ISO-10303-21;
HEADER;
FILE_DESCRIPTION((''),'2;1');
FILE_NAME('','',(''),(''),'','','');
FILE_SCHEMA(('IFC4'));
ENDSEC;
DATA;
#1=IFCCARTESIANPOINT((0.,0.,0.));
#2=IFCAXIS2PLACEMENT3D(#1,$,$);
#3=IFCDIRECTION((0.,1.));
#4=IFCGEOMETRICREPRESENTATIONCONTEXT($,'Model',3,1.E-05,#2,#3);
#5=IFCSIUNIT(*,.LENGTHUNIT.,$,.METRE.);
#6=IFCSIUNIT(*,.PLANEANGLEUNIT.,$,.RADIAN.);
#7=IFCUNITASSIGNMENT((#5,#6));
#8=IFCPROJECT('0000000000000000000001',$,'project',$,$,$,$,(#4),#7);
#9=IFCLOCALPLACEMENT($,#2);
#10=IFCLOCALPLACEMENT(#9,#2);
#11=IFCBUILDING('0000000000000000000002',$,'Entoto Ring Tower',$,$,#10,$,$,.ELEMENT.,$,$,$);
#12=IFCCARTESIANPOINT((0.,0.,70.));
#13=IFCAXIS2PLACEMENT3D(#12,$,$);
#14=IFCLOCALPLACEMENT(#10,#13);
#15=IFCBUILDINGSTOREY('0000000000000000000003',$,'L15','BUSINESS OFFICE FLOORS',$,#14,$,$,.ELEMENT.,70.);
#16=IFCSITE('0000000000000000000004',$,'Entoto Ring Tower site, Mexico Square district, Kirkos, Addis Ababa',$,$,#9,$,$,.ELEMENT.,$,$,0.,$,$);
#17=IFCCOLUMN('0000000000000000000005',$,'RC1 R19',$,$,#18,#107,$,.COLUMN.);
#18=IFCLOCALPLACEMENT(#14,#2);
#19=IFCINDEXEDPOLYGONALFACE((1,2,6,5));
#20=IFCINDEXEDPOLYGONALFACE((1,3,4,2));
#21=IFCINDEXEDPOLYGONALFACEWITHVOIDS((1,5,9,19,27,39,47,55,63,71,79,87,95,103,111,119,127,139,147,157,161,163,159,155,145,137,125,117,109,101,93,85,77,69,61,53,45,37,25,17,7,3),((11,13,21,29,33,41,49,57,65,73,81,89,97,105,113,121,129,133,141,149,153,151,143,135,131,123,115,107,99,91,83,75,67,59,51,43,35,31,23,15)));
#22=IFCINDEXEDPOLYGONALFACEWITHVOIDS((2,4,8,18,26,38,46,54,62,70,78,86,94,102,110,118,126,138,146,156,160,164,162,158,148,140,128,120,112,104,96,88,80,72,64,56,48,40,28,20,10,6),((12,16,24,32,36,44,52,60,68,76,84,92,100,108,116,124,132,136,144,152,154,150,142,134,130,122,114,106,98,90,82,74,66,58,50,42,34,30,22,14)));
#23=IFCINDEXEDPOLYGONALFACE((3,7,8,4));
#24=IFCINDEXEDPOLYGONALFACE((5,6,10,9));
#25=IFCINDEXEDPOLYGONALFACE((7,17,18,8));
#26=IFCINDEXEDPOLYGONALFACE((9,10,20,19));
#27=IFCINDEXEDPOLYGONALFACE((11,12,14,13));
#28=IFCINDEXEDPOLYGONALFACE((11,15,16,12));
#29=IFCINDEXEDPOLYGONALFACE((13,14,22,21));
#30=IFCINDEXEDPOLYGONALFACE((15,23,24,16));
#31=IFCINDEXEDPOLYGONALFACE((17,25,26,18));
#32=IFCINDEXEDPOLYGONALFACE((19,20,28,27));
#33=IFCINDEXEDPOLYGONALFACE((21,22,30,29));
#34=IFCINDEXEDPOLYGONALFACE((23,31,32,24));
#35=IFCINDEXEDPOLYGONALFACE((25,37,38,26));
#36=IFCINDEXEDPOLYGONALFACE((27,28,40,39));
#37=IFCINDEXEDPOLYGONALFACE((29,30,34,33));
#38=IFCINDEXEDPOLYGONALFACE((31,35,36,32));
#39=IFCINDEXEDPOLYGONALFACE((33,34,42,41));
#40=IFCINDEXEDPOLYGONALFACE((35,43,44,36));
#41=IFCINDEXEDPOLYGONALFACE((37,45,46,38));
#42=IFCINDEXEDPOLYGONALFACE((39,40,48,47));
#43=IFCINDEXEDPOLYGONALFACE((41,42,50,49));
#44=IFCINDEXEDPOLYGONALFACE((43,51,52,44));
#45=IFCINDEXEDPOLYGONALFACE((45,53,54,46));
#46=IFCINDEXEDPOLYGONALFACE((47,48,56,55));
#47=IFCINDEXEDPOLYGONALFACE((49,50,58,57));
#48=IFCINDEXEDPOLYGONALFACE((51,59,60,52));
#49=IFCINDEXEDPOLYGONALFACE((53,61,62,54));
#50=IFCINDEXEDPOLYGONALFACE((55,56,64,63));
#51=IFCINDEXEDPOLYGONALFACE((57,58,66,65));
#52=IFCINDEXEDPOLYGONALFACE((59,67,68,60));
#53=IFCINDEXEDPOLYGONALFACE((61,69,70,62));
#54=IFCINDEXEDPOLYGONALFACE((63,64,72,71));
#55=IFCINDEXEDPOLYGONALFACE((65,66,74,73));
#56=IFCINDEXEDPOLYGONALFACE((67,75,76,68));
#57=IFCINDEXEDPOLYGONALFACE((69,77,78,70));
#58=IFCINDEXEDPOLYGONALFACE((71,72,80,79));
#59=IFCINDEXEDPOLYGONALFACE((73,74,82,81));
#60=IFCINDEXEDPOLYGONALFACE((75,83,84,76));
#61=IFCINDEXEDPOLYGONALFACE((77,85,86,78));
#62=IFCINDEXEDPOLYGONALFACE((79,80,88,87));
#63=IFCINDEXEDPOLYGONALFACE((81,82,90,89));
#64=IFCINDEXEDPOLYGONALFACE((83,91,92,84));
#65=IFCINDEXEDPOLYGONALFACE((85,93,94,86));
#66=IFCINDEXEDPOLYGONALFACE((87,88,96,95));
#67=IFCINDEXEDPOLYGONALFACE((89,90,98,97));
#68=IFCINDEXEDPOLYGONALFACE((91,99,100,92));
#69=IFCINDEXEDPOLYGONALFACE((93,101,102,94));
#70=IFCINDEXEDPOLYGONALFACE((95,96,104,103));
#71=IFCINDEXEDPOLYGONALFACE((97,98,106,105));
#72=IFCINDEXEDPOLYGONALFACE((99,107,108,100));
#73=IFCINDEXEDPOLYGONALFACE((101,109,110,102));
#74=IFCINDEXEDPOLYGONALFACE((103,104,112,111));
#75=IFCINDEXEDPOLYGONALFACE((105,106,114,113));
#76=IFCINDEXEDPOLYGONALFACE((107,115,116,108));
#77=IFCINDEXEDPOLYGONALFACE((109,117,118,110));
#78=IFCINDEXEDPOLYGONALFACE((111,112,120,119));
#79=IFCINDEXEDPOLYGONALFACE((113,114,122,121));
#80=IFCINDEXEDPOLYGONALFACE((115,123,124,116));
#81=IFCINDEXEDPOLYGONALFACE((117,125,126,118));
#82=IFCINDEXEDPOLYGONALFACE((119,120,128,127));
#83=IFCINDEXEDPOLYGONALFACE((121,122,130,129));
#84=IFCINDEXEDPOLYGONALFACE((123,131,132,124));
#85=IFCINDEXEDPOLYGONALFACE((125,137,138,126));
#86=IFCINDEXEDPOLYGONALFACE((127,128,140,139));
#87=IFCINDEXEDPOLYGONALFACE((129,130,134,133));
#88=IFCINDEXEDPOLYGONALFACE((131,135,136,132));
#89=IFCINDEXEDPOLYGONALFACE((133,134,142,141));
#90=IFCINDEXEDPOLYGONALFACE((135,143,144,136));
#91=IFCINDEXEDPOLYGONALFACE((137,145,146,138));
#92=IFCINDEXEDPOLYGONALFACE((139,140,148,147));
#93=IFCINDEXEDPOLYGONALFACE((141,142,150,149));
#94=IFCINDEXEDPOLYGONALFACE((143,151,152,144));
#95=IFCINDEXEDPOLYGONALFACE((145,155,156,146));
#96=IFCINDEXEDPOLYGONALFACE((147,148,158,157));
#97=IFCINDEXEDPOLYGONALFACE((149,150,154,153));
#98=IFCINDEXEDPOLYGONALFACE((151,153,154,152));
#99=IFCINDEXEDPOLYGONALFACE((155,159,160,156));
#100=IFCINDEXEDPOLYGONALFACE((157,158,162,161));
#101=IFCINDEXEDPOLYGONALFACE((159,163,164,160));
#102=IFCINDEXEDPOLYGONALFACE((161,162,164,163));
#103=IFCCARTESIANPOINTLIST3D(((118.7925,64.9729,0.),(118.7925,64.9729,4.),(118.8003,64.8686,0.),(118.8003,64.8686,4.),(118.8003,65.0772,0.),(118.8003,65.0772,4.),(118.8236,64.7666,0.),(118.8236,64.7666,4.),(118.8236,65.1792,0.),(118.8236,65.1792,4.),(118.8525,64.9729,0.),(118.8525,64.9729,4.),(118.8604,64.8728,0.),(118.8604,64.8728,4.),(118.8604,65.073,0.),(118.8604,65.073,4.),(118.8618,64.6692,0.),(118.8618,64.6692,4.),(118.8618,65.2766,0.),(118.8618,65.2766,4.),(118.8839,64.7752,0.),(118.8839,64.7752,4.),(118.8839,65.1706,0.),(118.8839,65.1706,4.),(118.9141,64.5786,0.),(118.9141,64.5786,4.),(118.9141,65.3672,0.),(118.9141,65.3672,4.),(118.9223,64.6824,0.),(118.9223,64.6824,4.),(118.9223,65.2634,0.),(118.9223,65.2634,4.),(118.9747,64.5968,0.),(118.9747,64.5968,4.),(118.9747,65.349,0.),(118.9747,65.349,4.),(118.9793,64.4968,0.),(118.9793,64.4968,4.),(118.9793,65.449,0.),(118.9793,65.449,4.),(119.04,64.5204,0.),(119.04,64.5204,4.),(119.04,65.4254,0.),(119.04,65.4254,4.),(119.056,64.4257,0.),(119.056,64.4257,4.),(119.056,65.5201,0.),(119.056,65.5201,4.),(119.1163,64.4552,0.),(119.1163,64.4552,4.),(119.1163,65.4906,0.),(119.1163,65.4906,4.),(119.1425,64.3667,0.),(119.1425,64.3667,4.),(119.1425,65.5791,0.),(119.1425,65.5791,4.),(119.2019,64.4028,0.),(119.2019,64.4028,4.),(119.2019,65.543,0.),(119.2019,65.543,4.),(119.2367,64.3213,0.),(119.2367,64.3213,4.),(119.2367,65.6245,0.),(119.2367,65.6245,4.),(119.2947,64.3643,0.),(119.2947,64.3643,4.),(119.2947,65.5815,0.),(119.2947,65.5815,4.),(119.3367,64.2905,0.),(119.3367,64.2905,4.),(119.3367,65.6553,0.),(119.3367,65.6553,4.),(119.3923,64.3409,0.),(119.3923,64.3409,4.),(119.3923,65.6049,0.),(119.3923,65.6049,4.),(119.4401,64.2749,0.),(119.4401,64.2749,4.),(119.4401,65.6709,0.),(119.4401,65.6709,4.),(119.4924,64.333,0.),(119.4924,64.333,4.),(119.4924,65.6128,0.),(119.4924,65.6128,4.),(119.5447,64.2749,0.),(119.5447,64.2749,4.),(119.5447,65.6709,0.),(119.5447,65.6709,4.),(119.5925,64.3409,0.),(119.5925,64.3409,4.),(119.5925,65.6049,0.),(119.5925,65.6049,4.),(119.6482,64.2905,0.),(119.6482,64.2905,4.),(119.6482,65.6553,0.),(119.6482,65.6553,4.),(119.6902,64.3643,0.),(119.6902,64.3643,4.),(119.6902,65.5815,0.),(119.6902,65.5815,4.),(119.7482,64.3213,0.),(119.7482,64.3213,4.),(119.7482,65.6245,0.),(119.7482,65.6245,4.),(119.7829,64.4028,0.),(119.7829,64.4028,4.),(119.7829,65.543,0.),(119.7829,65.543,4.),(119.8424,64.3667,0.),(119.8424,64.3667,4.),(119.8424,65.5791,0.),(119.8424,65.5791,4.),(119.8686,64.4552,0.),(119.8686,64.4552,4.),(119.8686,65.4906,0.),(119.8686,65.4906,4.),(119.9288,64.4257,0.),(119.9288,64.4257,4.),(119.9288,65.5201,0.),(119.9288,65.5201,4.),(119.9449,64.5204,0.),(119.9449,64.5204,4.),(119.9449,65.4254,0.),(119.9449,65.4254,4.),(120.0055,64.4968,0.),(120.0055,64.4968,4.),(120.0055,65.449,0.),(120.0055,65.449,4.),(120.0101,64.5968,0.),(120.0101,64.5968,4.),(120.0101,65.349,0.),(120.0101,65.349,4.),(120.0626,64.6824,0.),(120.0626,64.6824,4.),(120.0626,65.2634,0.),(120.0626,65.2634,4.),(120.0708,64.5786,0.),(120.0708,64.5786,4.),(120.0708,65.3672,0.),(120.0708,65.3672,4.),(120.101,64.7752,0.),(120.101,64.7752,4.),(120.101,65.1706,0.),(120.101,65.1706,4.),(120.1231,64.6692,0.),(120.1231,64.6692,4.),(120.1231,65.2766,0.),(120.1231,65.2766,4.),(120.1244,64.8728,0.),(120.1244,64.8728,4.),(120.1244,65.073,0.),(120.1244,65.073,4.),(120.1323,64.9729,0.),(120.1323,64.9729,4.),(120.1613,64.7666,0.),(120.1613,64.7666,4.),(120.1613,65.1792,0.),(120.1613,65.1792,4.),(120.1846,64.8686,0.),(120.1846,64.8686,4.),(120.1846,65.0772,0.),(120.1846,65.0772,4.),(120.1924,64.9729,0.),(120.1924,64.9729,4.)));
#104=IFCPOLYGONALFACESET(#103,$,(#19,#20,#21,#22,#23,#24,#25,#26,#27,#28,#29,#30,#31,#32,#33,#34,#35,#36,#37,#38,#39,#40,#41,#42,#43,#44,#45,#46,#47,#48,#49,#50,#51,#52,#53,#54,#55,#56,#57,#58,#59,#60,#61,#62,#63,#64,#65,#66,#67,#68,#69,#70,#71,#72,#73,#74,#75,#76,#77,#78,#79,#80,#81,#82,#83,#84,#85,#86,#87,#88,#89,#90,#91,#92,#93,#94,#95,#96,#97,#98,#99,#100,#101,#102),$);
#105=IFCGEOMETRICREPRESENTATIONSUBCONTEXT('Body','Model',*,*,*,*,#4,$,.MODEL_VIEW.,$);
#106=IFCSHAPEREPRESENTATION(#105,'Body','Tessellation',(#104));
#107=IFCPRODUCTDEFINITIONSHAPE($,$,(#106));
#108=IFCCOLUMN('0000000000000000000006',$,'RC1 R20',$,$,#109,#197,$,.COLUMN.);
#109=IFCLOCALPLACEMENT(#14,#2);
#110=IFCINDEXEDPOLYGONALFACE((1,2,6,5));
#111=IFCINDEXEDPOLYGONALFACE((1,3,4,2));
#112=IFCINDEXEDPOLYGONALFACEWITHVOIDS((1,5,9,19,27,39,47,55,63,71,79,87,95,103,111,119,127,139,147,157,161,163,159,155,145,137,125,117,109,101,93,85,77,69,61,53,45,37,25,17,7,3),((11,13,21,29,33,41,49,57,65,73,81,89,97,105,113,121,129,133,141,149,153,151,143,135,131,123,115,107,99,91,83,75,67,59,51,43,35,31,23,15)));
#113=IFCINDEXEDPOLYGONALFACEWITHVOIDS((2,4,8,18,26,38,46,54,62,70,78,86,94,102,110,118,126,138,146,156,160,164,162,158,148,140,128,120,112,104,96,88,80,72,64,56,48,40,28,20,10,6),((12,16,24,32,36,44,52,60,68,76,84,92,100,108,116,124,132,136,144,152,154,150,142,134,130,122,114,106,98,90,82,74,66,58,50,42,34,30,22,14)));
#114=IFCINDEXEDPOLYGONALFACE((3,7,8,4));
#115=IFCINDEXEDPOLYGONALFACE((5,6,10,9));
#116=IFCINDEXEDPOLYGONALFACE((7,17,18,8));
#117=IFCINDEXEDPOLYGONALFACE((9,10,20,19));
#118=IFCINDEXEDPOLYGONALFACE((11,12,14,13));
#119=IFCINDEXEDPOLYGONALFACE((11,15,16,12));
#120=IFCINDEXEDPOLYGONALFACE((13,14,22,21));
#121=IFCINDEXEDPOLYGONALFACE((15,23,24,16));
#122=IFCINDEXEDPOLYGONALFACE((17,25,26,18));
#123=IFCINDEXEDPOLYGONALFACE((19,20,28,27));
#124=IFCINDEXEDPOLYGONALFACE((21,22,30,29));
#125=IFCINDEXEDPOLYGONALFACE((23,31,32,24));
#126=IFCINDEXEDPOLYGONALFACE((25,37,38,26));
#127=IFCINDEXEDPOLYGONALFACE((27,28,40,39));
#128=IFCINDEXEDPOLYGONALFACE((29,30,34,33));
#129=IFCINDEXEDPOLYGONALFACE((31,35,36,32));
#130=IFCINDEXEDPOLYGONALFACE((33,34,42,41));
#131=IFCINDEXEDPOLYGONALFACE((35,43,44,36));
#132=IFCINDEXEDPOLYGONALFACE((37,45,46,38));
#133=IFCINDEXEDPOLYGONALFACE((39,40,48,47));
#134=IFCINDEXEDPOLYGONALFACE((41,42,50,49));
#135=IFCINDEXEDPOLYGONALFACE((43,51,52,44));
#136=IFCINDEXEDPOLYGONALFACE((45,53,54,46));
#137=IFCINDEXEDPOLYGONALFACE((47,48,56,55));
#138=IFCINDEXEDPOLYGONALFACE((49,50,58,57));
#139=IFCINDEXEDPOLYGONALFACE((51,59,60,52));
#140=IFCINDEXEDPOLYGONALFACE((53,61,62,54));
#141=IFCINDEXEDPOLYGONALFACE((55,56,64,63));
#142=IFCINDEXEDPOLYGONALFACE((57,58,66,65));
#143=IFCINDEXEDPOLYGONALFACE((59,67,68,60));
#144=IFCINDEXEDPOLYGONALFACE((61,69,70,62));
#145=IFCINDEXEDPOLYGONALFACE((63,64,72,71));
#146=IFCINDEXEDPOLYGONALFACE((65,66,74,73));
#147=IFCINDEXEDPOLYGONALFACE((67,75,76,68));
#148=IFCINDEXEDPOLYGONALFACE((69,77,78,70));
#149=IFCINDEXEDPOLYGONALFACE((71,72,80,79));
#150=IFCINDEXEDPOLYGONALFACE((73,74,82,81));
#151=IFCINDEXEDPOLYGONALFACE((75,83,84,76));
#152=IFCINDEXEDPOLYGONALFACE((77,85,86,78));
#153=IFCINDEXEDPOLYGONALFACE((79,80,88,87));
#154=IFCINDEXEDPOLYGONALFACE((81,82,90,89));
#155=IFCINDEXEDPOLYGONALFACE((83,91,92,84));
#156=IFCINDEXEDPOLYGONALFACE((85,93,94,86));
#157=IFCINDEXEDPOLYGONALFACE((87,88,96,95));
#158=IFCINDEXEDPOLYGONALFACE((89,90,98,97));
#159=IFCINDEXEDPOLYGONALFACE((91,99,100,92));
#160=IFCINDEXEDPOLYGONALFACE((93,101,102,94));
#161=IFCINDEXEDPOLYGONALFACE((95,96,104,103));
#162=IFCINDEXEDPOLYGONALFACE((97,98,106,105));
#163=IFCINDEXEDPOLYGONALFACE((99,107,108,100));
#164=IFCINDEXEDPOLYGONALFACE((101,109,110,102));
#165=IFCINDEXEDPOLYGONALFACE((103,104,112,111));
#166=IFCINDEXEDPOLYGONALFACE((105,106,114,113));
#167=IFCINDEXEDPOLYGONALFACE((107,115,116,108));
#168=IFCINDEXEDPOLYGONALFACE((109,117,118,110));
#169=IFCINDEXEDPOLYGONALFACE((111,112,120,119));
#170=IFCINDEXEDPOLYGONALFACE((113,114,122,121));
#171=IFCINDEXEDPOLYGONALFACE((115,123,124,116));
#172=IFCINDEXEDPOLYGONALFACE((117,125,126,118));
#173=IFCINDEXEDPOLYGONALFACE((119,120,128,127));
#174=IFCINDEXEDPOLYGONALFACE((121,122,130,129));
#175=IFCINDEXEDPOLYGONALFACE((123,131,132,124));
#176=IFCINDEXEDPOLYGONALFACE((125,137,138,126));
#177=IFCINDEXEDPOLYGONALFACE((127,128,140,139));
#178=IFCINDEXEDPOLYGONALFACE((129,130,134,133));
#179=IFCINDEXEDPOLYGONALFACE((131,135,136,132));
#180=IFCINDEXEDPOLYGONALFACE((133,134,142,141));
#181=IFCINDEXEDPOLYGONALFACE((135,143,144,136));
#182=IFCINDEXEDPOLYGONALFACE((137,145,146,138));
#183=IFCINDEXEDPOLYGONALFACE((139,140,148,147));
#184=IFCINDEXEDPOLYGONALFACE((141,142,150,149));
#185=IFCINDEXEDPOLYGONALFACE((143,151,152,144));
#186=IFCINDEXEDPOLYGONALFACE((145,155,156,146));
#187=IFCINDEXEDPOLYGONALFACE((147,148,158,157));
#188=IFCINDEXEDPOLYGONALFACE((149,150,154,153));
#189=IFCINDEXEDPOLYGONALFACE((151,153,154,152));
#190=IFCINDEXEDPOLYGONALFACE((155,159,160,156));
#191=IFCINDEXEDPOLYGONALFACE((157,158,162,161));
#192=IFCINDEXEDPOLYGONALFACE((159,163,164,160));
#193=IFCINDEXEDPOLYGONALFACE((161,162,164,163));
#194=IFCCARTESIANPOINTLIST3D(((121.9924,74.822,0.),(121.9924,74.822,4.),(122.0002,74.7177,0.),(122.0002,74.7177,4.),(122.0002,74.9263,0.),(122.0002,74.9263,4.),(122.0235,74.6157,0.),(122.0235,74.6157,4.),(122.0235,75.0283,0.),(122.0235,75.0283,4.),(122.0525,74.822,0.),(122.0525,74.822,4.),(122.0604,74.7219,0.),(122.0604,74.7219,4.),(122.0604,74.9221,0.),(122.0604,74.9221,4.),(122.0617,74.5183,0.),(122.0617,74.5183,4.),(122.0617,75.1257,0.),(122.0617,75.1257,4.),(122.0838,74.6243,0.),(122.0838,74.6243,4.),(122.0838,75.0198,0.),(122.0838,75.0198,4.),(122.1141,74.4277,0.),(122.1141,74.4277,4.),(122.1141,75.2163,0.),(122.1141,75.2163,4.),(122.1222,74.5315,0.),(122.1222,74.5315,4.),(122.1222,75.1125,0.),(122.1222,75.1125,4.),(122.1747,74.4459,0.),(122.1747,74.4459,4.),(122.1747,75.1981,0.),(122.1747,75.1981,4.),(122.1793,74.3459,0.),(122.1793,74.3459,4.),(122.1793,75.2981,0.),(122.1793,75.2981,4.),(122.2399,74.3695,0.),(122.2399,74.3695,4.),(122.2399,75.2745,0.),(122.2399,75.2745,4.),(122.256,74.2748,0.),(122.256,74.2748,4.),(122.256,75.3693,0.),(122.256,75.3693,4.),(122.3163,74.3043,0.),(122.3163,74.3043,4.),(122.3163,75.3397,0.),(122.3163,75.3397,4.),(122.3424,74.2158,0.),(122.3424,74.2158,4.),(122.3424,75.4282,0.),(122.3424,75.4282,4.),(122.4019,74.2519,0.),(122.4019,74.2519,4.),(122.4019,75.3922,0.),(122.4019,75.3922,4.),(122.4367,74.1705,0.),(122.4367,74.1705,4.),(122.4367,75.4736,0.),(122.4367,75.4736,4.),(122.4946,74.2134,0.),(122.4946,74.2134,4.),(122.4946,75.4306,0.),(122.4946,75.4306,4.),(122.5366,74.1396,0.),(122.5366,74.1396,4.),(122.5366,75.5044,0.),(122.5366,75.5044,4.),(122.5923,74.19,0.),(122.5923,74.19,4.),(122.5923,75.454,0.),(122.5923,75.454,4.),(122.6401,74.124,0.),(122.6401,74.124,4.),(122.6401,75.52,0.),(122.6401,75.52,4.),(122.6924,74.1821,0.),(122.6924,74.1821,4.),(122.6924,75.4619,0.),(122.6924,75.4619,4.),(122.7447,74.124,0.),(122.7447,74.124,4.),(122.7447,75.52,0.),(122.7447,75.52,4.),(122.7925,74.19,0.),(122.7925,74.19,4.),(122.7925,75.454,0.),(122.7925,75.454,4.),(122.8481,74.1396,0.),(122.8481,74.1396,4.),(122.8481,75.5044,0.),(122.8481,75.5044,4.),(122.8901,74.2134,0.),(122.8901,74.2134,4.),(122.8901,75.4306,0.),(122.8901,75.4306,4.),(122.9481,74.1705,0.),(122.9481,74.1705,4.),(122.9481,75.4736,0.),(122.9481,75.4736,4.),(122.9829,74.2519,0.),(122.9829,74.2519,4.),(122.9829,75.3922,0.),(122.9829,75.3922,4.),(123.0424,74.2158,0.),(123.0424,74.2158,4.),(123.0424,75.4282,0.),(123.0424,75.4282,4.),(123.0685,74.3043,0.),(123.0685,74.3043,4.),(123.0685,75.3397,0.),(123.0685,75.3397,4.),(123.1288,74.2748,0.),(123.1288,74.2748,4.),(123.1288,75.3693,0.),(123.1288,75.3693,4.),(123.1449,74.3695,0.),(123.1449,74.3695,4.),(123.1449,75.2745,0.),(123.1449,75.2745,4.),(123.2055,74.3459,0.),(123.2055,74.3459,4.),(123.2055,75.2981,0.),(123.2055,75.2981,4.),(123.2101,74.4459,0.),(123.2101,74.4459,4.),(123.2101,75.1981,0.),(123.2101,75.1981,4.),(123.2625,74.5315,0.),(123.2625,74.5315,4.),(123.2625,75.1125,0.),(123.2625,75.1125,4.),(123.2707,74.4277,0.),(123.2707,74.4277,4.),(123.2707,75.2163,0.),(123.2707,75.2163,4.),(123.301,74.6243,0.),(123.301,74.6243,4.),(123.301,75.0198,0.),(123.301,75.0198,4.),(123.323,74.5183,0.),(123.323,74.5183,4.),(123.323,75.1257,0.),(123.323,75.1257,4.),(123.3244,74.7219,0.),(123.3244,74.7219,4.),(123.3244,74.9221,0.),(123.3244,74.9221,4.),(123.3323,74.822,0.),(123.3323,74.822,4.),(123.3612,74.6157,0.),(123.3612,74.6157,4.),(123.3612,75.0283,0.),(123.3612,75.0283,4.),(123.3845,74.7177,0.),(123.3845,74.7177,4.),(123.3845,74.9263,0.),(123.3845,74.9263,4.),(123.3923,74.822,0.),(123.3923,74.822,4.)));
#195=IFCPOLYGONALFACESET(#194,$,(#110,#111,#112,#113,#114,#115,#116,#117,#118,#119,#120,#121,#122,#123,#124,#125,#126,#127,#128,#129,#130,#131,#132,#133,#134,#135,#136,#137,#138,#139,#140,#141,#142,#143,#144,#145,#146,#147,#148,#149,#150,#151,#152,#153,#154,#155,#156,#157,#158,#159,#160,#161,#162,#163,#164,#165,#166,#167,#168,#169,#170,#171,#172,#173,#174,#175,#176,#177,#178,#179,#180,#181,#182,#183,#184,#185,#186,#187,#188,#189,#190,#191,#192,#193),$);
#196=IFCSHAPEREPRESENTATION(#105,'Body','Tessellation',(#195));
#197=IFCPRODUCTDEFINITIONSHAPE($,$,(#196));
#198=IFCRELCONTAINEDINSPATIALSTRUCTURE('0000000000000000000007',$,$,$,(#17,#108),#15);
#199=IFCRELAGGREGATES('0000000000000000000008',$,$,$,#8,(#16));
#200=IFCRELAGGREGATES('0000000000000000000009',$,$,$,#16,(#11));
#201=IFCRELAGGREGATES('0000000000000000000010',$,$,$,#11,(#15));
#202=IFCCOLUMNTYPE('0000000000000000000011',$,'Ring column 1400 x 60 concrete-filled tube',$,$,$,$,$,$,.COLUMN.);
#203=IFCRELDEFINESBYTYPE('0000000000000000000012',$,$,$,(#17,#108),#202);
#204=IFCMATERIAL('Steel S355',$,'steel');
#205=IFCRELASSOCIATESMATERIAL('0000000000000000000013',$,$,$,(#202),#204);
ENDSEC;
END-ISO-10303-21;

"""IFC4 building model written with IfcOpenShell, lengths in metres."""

from ifc_helpers import new_model, si_unit, direction, frame, origin, origin_2d, place, context, subcontext, project, spatial, circle, hollow_circle, extrude, material, material_profile, profile_set, type_object, element, save


model = new_model("IFC4")

# Units and contexts
model_context = context("Model", 3, precision=1e-05, world=origin(), true_north=direction((0.0, 1.0)))
body_context = subcontext(model_context, "Body", "Model", "MODEL_VIEW")
ifc_project = project(units=[si_unit("LENGTHUNIT", "METRE"), si_unit("PLANEANGLEUNIT", "RADIAN")], contexts=[model_context])

# Site, building, storey
site_placement = place(None, origin())
site = spatial("IfcSite", under=ifc_project, at=site_placement, Name="Entoto Ring Tower site, Mexico Square district, Kirkos, Addis Ababa", CompositionType="ELEMENT", RefElevation=0.0)
building_placement = place(site_placement, origin())
building = spatial("IfcBuilding", under=site, at=building_placement, Name="Entoto Ring Tower", CompositionType="ELEMENT")
storey_placement = place(building_placement, frame((0.0, 0.0, 70.0)))
storey = spatial("IfcBuildingStorey", under=building, at=storey_placement, Name="L15", Description="BUSINESS OFFICE FLOORS", CompositionType="ELEMENT", Elevation=70.0)

# Columns
ifc_material_1 = material(Name="Steel S355", Category="steel")
ifc_material_profile_1 = material_profile(ifc_material_1, hollow_circle(Radius=0.7, WallThickness=0.0601, at=origin_2d()), Name="CHS 1400 x 60")
ifc_material_2 = material(Name="Concrete C60/75", Category="concrete")
ifc_material_profile_2 = material_profile(ifc_material_2, circle(Radius=0.6399, at=origin_2d()), Name="Concrete C60/75 infill")
ifc_profile_set_1 = profile_set([ifc_material_profile_1, ifc_material_profile_2], Name="Steel S355")
column_type = type_object("IfcColumnType", Name="Ring column 1400 x 60 concrete-filled tube", PredefinedType="COLUMN", material=ifc_profile_set_1)
for number, where, z_axis, x_axis, name in (
    (1, (119.4924, 64.9729, 0.0), (0.0, 0.0, 1.0), (1.0, 0.0, 0.0), "RC1 R19"),
    (2, (122.6924, 74.822, 0.0), (0.0, 0.0, 1.0), (1.0, 0.0, 0.0), "RC1 R20"),
):
    element("IfcColumn", number, at=place(storey_placement, frame(where, z_axis=z_axis, x_axis=x_axis)), inside=storey, type_object=column_type, Name=name, PredefinedType="COLUMN", context=body_context, shape_type="SweptSolid", body=[
        extrude(hollow_circle(Radius=0.7, WallThickness=0.0601, at=origin_2d()), origin(), (0.0, 0.0, 1.0), 4.0),
    ])

save(model, "model.ifc")
